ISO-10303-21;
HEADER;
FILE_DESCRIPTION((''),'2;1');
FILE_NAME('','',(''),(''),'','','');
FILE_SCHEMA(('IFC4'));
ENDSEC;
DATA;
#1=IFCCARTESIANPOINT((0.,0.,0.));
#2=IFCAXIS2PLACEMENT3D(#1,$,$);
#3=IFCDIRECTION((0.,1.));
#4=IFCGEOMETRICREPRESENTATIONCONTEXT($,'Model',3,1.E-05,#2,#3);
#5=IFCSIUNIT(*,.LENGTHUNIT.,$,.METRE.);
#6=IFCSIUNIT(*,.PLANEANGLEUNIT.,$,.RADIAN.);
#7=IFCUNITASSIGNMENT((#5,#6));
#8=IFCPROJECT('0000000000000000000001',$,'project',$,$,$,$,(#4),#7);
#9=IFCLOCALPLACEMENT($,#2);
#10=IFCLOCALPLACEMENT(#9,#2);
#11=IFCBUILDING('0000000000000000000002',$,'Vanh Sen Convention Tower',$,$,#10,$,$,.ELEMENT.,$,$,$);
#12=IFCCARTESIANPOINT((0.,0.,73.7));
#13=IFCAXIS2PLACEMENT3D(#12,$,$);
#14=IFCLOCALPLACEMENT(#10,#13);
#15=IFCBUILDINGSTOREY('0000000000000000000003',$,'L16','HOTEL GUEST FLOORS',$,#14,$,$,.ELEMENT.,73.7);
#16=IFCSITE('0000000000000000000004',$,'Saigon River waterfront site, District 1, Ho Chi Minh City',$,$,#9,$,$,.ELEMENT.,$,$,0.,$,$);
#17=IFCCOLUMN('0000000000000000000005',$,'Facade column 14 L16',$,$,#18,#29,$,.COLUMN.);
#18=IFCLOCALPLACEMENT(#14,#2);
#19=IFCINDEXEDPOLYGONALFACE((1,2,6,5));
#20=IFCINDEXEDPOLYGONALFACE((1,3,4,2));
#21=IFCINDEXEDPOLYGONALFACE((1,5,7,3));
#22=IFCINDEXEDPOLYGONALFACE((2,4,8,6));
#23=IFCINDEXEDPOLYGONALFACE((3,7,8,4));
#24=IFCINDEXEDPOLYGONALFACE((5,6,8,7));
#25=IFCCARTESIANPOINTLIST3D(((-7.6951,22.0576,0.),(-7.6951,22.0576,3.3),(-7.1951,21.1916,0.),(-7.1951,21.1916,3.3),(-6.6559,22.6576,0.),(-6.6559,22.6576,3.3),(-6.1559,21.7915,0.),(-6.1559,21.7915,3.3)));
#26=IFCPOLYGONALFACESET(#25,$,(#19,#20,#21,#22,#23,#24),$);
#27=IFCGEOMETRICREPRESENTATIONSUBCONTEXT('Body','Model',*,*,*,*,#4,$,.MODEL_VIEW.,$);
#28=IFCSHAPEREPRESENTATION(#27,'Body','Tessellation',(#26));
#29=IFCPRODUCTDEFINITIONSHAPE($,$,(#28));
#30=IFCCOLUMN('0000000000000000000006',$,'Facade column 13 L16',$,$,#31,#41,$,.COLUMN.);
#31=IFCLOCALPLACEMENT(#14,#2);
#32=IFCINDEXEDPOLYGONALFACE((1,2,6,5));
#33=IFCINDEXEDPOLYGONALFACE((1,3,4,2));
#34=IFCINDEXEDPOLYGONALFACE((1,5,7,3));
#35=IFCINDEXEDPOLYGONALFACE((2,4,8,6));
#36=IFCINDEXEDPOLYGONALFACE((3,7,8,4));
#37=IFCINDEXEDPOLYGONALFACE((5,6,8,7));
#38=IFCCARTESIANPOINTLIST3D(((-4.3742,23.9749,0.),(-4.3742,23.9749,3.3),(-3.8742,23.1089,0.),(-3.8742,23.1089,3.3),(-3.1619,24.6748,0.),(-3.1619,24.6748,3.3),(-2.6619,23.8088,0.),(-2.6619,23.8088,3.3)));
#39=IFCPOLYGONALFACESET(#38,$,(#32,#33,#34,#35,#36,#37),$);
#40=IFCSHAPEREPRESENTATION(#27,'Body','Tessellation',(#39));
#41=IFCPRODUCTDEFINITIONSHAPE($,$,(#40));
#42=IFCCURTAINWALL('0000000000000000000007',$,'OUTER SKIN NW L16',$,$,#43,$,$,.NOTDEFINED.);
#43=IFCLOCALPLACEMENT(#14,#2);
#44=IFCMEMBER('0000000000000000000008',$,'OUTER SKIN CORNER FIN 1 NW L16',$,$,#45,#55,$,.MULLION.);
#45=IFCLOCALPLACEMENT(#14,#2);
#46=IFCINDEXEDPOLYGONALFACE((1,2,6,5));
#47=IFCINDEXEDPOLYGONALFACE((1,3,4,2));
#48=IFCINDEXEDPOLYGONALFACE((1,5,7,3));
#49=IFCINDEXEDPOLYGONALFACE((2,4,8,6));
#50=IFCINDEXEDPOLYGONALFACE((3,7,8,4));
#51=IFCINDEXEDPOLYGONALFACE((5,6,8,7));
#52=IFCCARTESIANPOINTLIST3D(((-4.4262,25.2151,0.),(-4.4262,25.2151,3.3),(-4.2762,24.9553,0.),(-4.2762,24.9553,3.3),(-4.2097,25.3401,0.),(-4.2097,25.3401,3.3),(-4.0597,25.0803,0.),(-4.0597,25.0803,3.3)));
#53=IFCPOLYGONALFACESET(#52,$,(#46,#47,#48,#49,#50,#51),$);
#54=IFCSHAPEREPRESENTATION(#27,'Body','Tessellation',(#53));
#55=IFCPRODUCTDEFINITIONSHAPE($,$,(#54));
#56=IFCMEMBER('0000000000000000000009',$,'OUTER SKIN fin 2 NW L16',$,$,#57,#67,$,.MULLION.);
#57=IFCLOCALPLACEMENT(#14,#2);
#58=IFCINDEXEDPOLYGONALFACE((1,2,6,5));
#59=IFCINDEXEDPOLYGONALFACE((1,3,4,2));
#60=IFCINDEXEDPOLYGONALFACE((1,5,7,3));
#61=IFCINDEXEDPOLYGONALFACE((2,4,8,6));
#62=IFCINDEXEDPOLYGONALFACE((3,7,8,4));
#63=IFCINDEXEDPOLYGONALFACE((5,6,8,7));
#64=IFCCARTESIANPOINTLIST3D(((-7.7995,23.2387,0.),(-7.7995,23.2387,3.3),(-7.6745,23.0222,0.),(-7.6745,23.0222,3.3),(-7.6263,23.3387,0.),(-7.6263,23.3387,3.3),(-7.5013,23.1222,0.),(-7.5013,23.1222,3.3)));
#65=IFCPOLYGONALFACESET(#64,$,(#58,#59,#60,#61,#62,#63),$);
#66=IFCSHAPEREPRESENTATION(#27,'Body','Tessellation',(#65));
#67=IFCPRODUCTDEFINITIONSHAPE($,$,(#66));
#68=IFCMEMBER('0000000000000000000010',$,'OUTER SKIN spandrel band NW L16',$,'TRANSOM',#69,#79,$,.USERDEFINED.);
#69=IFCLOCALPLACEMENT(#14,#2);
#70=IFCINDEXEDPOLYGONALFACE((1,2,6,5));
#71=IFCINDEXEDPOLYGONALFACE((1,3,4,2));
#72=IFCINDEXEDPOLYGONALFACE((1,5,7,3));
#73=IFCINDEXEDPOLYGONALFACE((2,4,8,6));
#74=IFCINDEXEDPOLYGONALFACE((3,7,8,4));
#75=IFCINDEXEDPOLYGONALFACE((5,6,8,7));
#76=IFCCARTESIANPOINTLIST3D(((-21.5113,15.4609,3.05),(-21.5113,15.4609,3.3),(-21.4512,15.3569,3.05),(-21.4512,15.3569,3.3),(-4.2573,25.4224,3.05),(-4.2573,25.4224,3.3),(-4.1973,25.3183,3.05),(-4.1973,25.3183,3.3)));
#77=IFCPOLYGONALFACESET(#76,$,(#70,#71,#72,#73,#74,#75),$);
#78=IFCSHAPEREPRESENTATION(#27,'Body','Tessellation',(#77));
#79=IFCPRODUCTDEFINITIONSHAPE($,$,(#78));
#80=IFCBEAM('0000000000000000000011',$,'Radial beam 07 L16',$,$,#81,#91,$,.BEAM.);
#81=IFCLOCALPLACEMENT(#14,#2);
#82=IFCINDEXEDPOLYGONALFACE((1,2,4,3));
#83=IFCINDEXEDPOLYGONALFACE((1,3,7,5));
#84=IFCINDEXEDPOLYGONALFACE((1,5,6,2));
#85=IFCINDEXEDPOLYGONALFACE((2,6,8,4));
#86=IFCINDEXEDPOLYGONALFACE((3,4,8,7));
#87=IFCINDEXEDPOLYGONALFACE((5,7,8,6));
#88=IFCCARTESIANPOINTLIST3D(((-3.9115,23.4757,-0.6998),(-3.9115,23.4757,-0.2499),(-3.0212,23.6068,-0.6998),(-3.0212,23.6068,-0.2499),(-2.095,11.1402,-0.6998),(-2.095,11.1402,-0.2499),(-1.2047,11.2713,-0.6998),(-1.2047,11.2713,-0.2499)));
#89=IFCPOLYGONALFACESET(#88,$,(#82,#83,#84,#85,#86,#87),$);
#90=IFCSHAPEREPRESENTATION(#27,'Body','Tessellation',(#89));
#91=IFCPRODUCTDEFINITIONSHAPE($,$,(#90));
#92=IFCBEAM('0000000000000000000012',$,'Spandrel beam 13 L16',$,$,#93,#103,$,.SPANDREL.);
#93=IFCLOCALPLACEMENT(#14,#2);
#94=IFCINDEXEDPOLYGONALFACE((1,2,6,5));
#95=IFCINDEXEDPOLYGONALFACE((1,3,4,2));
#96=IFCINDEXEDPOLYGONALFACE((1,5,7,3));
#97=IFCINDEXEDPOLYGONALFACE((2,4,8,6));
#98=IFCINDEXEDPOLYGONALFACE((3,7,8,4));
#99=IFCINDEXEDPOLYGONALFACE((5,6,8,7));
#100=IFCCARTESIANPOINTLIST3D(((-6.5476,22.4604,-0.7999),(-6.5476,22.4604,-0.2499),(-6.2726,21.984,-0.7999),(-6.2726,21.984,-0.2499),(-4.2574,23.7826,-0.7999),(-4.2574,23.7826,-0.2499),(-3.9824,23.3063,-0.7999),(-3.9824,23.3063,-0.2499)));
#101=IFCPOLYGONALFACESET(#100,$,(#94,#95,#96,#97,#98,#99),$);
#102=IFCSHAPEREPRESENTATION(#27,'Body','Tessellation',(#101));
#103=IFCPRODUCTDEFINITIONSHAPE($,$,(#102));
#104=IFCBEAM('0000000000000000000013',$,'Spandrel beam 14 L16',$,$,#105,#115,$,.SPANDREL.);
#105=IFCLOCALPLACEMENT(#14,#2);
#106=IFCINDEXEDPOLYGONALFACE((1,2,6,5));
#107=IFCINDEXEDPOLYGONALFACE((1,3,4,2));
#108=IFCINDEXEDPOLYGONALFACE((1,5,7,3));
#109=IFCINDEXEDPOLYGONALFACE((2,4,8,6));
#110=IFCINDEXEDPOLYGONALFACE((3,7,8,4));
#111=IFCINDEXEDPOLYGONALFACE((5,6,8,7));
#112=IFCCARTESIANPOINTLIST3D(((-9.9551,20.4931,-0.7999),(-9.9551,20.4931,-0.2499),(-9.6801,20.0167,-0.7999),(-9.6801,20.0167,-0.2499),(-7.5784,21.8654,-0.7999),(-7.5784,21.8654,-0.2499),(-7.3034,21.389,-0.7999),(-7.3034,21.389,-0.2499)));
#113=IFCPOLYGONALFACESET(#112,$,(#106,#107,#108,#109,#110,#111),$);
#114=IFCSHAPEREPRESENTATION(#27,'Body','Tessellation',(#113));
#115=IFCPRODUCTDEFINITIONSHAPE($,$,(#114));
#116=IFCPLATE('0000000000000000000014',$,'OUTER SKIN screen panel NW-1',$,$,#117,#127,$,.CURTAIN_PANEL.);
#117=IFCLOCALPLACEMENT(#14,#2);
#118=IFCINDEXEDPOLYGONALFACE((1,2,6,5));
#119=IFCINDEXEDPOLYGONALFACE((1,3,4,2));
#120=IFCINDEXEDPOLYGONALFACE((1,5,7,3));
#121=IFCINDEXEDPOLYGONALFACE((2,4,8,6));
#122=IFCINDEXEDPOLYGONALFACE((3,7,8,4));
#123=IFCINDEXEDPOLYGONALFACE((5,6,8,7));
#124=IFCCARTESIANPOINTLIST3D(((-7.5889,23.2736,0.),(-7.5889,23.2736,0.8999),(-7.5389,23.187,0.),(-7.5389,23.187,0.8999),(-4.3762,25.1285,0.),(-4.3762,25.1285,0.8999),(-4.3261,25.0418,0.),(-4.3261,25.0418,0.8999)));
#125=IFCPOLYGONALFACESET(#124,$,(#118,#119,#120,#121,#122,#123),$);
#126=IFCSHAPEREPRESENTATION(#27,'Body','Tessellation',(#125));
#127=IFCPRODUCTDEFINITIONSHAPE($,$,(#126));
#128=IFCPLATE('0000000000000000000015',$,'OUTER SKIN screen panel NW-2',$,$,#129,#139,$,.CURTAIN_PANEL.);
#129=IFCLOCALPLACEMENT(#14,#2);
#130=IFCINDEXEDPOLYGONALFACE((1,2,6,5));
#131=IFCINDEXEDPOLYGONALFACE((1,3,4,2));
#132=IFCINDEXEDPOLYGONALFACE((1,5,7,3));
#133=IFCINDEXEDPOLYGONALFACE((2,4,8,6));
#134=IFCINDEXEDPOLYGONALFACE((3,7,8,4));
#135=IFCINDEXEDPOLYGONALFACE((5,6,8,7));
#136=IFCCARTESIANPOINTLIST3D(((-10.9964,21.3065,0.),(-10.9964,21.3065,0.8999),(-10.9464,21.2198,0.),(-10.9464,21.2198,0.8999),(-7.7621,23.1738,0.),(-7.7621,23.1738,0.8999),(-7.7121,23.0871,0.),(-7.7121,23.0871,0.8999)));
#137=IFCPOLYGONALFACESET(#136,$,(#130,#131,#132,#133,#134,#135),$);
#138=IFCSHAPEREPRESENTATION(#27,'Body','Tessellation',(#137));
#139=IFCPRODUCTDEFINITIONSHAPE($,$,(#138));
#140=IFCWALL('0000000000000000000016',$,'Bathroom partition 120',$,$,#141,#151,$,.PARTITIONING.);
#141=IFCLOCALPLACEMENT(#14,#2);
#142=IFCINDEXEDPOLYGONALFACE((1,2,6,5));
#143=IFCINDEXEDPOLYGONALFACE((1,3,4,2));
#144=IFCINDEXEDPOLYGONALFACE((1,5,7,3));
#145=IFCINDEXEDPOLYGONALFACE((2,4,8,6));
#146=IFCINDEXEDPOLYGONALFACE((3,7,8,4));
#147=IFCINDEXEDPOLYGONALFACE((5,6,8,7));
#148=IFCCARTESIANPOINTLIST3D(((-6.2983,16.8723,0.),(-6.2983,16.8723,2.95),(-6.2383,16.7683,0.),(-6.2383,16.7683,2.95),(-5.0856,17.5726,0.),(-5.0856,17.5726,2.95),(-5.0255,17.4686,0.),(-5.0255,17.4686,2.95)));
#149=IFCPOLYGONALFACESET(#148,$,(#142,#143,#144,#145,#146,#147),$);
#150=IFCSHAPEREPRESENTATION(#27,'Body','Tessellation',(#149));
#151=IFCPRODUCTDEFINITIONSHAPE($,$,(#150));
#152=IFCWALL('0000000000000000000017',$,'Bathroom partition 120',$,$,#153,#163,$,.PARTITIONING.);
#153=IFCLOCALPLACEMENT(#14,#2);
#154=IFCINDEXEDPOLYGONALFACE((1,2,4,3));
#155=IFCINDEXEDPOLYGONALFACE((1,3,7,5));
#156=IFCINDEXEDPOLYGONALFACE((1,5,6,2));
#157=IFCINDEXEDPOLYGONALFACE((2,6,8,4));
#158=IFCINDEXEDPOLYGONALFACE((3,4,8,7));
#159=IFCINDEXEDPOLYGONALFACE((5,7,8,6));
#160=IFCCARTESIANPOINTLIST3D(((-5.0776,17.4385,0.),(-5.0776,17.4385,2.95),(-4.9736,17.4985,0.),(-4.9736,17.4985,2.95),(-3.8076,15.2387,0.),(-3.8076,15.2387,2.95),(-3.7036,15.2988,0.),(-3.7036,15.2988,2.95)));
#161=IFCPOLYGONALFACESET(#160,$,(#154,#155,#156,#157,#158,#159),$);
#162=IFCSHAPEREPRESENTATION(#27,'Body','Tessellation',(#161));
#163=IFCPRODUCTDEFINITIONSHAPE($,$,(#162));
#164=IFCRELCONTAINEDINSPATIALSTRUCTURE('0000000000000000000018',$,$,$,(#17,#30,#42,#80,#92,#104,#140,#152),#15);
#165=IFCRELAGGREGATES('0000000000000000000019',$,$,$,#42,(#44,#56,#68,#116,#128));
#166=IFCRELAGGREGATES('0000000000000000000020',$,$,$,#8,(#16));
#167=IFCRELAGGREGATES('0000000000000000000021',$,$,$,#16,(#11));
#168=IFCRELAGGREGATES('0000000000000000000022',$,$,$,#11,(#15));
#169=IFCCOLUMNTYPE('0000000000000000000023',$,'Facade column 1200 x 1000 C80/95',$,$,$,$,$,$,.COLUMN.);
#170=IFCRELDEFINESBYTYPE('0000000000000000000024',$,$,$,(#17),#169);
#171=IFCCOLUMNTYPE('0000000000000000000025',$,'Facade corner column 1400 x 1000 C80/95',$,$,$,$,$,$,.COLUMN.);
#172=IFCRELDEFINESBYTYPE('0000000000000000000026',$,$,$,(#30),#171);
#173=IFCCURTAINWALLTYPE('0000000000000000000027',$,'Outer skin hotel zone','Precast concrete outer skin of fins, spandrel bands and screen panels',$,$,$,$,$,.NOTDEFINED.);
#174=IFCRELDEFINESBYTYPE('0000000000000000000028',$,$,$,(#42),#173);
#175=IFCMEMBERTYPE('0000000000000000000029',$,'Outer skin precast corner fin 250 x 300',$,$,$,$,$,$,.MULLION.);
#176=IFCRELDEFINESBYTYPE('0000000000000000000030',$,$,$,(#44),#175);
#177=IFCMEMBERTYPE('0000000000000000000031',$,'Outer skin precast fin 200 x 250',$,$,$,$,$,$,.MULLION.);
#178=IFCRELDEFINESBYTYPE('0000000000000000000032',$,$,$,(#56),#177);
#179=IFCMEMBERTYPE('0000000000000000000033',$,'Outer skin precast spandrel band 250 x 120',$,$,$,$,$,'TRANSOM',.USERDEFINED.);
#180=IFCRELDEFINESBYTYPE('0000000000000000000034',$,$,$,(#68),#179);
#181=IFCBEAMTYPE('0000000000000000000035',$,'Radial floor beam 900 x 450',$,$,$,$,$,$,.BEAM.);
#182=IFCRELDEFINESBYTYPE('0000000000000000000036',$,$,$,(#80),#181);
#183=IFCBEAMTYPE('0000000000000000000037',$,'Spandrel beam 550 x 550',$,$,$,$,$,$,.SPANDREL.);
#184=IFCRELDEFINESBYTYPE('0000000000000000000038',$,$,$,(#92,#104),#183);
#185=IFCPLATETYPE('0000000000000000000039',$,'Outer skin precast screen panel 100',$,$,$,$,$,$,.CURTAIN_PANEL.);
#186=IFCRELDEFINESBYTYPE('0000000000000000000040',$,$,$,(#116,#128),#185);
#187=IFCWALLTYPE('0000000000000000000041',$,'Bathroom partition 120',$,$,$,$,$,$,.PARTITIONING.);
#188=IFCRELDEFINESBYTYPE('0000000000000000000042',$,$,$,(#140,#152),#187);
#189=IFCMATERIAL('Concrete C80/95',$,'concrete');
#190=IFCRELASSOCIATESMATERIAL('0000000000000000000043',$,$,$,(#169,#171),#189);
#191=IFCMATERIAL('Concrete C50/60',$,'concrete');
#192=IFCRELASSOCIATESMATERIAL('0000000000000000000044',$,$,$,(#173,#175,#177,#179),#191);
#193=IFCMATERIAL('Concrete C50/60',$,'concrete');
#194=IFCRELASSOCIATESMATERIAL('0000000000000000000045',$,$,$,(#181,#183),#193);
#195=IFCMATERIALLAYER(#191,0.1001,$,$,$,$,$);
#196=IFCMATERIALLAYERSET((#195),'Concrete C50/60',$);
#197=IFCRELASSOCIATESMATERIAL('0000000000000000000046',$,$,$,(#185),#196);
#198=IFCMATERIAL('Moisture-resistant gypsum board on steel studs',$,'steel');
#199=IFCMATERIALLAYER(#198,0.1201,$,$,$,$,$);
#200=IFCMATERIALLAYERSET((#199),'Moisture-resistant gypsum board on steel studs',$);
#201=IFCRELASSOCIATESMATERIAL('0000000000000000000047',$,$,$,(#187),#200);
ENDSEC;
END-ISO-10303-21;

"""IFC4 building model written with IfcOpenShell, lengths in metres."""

from ifc_helpers import new_model, si_unit, direction, frame, frame_2d, origin, origin_2d, place, context, subcontext, project, spatial, rectangle, extrude, material, layer, layer_set, material_profile, profile_set, type_object, element, aggregate, save


model = new_model("IFC4")

# Units and contexts
model_context = context("Model", 3, precision=1e-05, world=origin(), true_north=direction((0.0, 1.0)))
body_context = subcontext(model_context, "Body", "Model", "MODEL_VIEW")
ifc_project = project(units=[si_unit("LENGTHUNIT", "METRE"), si_unit("PLANEANGLEUNIT", "RADIAN")], contexts=[model_context])

# Site, building, storey
site_placement = place(None, origin())
site = spatial("IfcSite", under=ifc_project, at=site_placement, Name="Saigon River waterfront site, District 1, Ho Chi Minh City", CompositionType="ELEMENT", RefElevation=0.0)
building_placement = place(site_placement, origin())
building = spatial("IfcBuilding", under=site, at=building_placement, Name="Vanh Sen Convention Tower", CompositionType="ELEMENT")
storey_placement = place(building_placement, frame((0.0, 0.0, 73.7)))
storey = spatial("IfcBuildingStorey", under=building, at=storey_placement, Name="L16", Description="HOTEL GUEST FLOORS", CompositionType="ELEMENT", Elevation=73.7)

# Columns
ifc_material_1 = material(Name="Concrete C80/95", Category="concrete")
ifc_material_profile_1 = material_profile(ifc_material_1, rectangle(XDim=1.2, YDim=1.0, at=origin_2d()), Name="RC 1200X1000")
ifc_profile_set_1 = profile_set([ifc_material_profile_1], Name="Concrete C80/95")
column_type_1 = type_object("IfcColumnType", Name="Facade column 1200 x 1000 C80/95", PredefinedType="COLUMN", material=ifc_profile_set_1)
column_1_placement = place(storey_placement, frame((-6.9255, 21.9246, 0.0), z_axis=(0.0, 0.0, 1.0), x_axis=(-0.866025, -0.5, 0.0)))
element("IfcColumn", 1, at=column_1_placement, inside=storey, type_object=column_type_1, Name="Facade column 14 L16", PredefinedType="COLUMN", context=body_context, shape_type="SweptSolid", body=[
    extrude(rectangle(XDim=1.2, YDim=1.0, at=origin_2d()), origin(), (0.0, 0.0, 1.0), 3.3),
])
ifc_material_profile_2 = material_profile(ifc_material_1, rectangle(XDim=1.3999, YDim=1.0, at=origin_2d()), Name="RC 1400X1000")
ifc_profile_set_2 = profile_set([ifc_material_profile_2], Name="Concrete C80/95")
column_type_2 = type_object("IfcColumnType", Name="Facade corner column 1400 x 1000 C80/95", PredefinedType="COLUMN", material=ifc_profile_set_2)
column_2_placement = place(storey_placement, frame((-3.5181, 23.8918, 0.0), z_axis=(0.0, 0.0, 1.0), x_axis=(-0.866025, -0.5, 0.0)))
element("IfcColumn", 2, at=column_2_placement, inside=storey, type_object=column_type_2, Name="Facade column 13 L16", PredefinedType="COLUMN", context=body_context, shape_type="SweptSolid", body=[
    extrude(rectangle(XDim=1.3999, YDim=1.0, at=origin_2d()), origin(), (0.0, 0.0, 1.0), 3.3),
])

# Curtain wall, members
ifc_material_2 = material(Name="Concrete C50/60", Category="concrete")
curtain_wall_type = type_object("IfcCurtainWallType", Name="Outer skin hotel zone", Description="Precast concrete outer skin of fins, spandrel bands and screen panels", PredefinedType="NOTDEFINED", material=ifc_material_2)
curtain_wall_placement = place(storey_placement, origin())
curtain_wall = element("IfcCurtainWall", 3, at=curtain_wall_placement, inside=storey, type_object=curtain_wall_type, Name="OUTER SKIN NW L16", PredefinedType="NOTDEFINED")
ifc_material_profile_3 = material_profile(ifc_material_2, rectangle(XDim=0.25, YDim=0.3, at=origin_2d()), Name="Outer skin precast corner fin 250 x 300")
ifc_profile_set_3 = profile_set([ifc_material_profile_3], Name="Concrete C50/60")
member_type_1 = type_object("IfcMemberType", Name="Outer skin precast corner fin 250 x 300", PredefinedType="MULLION", material=ifc_profile_set_3)
member_1_placement = place(storey_placement, frame((-4.2429, 25.1477, 0.0), z_axis=(0.0, 0.0, 1.0), x_axis=(-0.866025, -0.5, 0.0)))
member_1 = element("IfcMember", 4, at=member_1_placement, type_object=member_type_1, Name="OUTER SKIN CORNER FIN 1 NW L16", PredefinedType="MULLION", context=body_context, shape_type="SweptSolid", body=[
    extrude(rectangle(XDim=0.25, YDim=0.3, at=origin_2d()), origin(), (0.0, 0.0, 1.0), 3.3),
])
ifc_material_profile_4 = material_profile(ifc_material_2, rectangle(XDim=0.2, YDim=0.25, at=origin_2d()), Name="Outer skin precast fin 200 x 250")
ifc_profile_set_4 = profile_set([ifc_material_profile_4], Name="Concrete C50/60")
member_type_2 = type_object("IfcMemberType", Name="Outer skin precast fin 200 x 250", PredefinedType="MULLION", material=ifc_profile_set_4)
member_2_placement = place(storey_placement, frame((-7.6504, 23.1804, 0.0), z_axis=(0.0, 0.0, 1.0), x_axis=(-0.866025, -0.5, 0.0)))
member_2 = element("IfcMember", 5, at=member_2_placement, type_object=member_type_2, Name="OUTER SKIN fin 2 NW L16", PredefinedType="MULLION", context=body_context, shape_type="SweptSolid", body=[
    extrude(rectangle(XDim=0.2, YDim=0.25, at=origin_2d()), origin(), (0.0, 0.0, 1.0), 3.3),
])
ifc_material_profile_5 = material_profile(ifc_material_2, rectangle(XDim=0.1201, YDim=0.25, at=origin_2d()), Name="Outer skin precast spandrel band 250 x 120")
ifc_profile_set_5 = profile_set([ifc_material_profile_5], Name="Concrete C50/60")
member_type_3 = type_object("IfcMemberType", Name="Outer skin precast spandrel band 250 x 120", ElementType="TRANSOM", PredefinedType="USERDEFINED", material=ifc_profile_set_5)
member_3_placement = place(storey_placement, frame((-4.2273, 25.3704, 3.175), z_axis=(-0.866028, -0.499995, 0.0), x_axis=(0.499995, -0.866028, 0.0)))
member_3 = element("IfcMember", 6, at=member_3_placement, type_object=member_type_3, Name="OUTER SKIN spandrel band NW L16", ObjectType="TRANSOM", PredefinedType="USERDEFINED", context=body_context, shape_type="SweptSolid", body=[
    extrude(rectangle(XDim=0.1201, YDim=0.25, at=origin_2d()), origin(), (0.0, 0.0, 1.0), 19.9231),
])

# Beams
ifc_material_3 = material(Name="Concrete C50/60", Category="concrete")
ifc_material_profile_6 = material_profile(ifc_material_3, rectangle(XDim=0.8999, YDim=0.45, at=origin_2d()), Name="RC 900X450")
ifc_profile_set_6 = profile_set([ifc_material_profile_6], Name="Concrete C50/60")
beam_type_1 = type_object("IfcBeamType", Name="Radial floor beam 900 x 450", PredefinedType="BEAM", material=ifc_profile_set_6)
beam_1_placement = place(storey_placement, frame((-3.4663, 23.5413, -0.4749), z_axis=(0.14568, -0.989332, 0.0), x_axis=(0.989332, 0.14568, 0.0)))
element("IfcBeam", 7, at=beam_1_placement, inside=storey, type_object=beam_type_1, Name="Radial beam 07 L16", PredefinedType="BEAM", context=body_context, shape_type="SweptSolid", body=[
    extrude(rectangle(XDim=0.8999, YDim=0.45, at=origin_2d()), origin(), (0.0, 0.0, 1.0), 12.4685),
])
ifc_material_profile_7 = material_profile(ifc_material_3, rectangle(XDim=0.55, YDim=0.55, at=origin_2d()), Name="RC 550X550")
ifc_profile_set_7 = profile_set([ifc_material_profile_7], Name="Concrete C50/60")
beam_type_2 = type_object("IfcBeamType", Name="Spandrel beam 550 x 550", PredefinedType="SPANDREL", material=ifc_profile_set_7)
beam_2_placement = place(storey_placement, frame((-4.1199, 23.5444, -0.5249), z_axis=(-0.86603, -0.499991, 0.0), x_axis=(0.499991, -0.86603, 0.0)))
element("IfcBeam", 8, at=beam_2_placement, inside=storey, type_object=beam_type_2, Name="Spandrel beam 13 L16", PredefinedType="SPANDREL", context=body_context, shape_type="SweptSolid", body=[
    extrude(rectangle(XDim=0.55, YDim=0.55, at=origin_2d()), origin(), (0.0, 0.0, 1.0), 2.6445),
])
beam_3_placement = place(storey_placement, frame((-7.4409, 21.6272, -0.5249), z_axis=(-0.866006, -0.500033, 0.0), x_axis=(0.500033, -0.866006, 0.0)))
element("IfcBeam", 9, at=beam_3_placement, inside=storey, type_object=beam_type_2, Name="Spandrel beam 14 L16", PredefinedType="SPANDREL", context=body_context, shape_type="SweptSolid", body=[
    extrude(rectangle(XDim=0.55, YDim=0.55, at=origin_2d()), origin(), (0.0, 0.0, 1.0), 2.7444),
])

# Plates
ifc_layer_1 = layer(ifc_material_2, 0.1001)
ifc_layer_set_1 = layer_set([ifc_layer_1], Name="Concrete C50/60")
plate_type = type_object("IfcPlateType", Name="Outer skin precast screen panel 100", PredefinedType="CURTAIN_PANEL", material=ifc_layer_set_1)
plate_1_placement = place(storey_placement, frame((-5.9575, 24.1577, 0.0), z_axis=(0.0, 0.0, 1.0), x_axis=(-0.866028, -0.499995, 0.0)))
plate_1 = element("IfcPlate", 10, at=plate_1_placement, type_object=plate_type, Name="OUTER SKIN screen panel NW-1", PredefinedType="CURTAIN_PANEL", context=body_context, shape_type="SweptSolid", body=[
    extrude(rectangle(XDim=3.7097, YDim=0.1001, at=origin_2d()), origin(), (0.0, 0.0, 1.0), 0.8999),
])
plate_2_placement = place(storey_placement, frame((-9.3542, 22.1968, 0.0), z_axis=(0.0, 0.0, 1.0), x_axis=(-0.866021, -0.500008, 0.0)))
plate_2 = element("IfcPlate", 11, at=plate_2_placement, type_object=plate_type, Name="OUTER SKIN screen panel NW-2", PredefinedType="CURTAIN_PANEL", context=body_context, shape_type="SweptSolid", body=[
    extrude(rectangle(XDim=3.7346, YDim=0.1001, at=origin_2d()), origin(), (0.0, 0.0, 1.0), 0.8999),
])
aggregate(curtain_wall, [member_1, member_2, member_3, plate_1, plate_2])

# Walls
ifc_material_4 = material(Name="Moisture-resistant gypsum board on steel studs", Category="steel")
ifc_layer_2 = layer(ifc_material_4, 0.1201)
ifc_layer_set_2 = layer_set([ifc_layer_2], Name="Moisture-resistant gypsum board on steel studs")
wall_type_1 = type_object("IfcWallType", Name="Bathroom partition 120", PredefinedType="PARTITIONING", material=ifc_layer_set_2)
wall_1_placement = place(storey_placement, frame((-6.2683, 16.8203, 0.0), z_axis=(0.0, 0.0, 1.0), x_axis=(0.866003, 0.500039, 0.0)))
element("IfcWall", 12, at=wall_1_placement, inside=storey, type_object=wall_type_1, Name="Bathroom partition 120", PredefinedType="PARTITIONING", context=body_context, shape_type="SweptSolid", body=[
    extrude(rectangle(XDim=1.4004, YDim=0.1201, at=frame_2d((0.7002, 0.0))), origin(), (0.0, 0.0, 1.0), 2.95),
])
wall_2_placement = place(storey_placement, frame((-5.0256, 17.4685, 0.0), z_axis=(0.0, 0.0, 1.0), x_axis=(0.500005, -0.866022, 0.0)))
element("IfcWall", 13, at=wall_2_placement, inside=storey, type_object=wall_type_1, Name="Bathroom partition 120", PredefinedType="PARTITIONING", context=body_context, shape_type="SweptSolid", body=[
    extrude(rectangle(XDim=2.54, YDim=0.1201, at=frame_2d((1.27, 0.0))), origin(), (0.0, 0.0, 1.0), 2.95),
])

save(model, "model.ifc")
